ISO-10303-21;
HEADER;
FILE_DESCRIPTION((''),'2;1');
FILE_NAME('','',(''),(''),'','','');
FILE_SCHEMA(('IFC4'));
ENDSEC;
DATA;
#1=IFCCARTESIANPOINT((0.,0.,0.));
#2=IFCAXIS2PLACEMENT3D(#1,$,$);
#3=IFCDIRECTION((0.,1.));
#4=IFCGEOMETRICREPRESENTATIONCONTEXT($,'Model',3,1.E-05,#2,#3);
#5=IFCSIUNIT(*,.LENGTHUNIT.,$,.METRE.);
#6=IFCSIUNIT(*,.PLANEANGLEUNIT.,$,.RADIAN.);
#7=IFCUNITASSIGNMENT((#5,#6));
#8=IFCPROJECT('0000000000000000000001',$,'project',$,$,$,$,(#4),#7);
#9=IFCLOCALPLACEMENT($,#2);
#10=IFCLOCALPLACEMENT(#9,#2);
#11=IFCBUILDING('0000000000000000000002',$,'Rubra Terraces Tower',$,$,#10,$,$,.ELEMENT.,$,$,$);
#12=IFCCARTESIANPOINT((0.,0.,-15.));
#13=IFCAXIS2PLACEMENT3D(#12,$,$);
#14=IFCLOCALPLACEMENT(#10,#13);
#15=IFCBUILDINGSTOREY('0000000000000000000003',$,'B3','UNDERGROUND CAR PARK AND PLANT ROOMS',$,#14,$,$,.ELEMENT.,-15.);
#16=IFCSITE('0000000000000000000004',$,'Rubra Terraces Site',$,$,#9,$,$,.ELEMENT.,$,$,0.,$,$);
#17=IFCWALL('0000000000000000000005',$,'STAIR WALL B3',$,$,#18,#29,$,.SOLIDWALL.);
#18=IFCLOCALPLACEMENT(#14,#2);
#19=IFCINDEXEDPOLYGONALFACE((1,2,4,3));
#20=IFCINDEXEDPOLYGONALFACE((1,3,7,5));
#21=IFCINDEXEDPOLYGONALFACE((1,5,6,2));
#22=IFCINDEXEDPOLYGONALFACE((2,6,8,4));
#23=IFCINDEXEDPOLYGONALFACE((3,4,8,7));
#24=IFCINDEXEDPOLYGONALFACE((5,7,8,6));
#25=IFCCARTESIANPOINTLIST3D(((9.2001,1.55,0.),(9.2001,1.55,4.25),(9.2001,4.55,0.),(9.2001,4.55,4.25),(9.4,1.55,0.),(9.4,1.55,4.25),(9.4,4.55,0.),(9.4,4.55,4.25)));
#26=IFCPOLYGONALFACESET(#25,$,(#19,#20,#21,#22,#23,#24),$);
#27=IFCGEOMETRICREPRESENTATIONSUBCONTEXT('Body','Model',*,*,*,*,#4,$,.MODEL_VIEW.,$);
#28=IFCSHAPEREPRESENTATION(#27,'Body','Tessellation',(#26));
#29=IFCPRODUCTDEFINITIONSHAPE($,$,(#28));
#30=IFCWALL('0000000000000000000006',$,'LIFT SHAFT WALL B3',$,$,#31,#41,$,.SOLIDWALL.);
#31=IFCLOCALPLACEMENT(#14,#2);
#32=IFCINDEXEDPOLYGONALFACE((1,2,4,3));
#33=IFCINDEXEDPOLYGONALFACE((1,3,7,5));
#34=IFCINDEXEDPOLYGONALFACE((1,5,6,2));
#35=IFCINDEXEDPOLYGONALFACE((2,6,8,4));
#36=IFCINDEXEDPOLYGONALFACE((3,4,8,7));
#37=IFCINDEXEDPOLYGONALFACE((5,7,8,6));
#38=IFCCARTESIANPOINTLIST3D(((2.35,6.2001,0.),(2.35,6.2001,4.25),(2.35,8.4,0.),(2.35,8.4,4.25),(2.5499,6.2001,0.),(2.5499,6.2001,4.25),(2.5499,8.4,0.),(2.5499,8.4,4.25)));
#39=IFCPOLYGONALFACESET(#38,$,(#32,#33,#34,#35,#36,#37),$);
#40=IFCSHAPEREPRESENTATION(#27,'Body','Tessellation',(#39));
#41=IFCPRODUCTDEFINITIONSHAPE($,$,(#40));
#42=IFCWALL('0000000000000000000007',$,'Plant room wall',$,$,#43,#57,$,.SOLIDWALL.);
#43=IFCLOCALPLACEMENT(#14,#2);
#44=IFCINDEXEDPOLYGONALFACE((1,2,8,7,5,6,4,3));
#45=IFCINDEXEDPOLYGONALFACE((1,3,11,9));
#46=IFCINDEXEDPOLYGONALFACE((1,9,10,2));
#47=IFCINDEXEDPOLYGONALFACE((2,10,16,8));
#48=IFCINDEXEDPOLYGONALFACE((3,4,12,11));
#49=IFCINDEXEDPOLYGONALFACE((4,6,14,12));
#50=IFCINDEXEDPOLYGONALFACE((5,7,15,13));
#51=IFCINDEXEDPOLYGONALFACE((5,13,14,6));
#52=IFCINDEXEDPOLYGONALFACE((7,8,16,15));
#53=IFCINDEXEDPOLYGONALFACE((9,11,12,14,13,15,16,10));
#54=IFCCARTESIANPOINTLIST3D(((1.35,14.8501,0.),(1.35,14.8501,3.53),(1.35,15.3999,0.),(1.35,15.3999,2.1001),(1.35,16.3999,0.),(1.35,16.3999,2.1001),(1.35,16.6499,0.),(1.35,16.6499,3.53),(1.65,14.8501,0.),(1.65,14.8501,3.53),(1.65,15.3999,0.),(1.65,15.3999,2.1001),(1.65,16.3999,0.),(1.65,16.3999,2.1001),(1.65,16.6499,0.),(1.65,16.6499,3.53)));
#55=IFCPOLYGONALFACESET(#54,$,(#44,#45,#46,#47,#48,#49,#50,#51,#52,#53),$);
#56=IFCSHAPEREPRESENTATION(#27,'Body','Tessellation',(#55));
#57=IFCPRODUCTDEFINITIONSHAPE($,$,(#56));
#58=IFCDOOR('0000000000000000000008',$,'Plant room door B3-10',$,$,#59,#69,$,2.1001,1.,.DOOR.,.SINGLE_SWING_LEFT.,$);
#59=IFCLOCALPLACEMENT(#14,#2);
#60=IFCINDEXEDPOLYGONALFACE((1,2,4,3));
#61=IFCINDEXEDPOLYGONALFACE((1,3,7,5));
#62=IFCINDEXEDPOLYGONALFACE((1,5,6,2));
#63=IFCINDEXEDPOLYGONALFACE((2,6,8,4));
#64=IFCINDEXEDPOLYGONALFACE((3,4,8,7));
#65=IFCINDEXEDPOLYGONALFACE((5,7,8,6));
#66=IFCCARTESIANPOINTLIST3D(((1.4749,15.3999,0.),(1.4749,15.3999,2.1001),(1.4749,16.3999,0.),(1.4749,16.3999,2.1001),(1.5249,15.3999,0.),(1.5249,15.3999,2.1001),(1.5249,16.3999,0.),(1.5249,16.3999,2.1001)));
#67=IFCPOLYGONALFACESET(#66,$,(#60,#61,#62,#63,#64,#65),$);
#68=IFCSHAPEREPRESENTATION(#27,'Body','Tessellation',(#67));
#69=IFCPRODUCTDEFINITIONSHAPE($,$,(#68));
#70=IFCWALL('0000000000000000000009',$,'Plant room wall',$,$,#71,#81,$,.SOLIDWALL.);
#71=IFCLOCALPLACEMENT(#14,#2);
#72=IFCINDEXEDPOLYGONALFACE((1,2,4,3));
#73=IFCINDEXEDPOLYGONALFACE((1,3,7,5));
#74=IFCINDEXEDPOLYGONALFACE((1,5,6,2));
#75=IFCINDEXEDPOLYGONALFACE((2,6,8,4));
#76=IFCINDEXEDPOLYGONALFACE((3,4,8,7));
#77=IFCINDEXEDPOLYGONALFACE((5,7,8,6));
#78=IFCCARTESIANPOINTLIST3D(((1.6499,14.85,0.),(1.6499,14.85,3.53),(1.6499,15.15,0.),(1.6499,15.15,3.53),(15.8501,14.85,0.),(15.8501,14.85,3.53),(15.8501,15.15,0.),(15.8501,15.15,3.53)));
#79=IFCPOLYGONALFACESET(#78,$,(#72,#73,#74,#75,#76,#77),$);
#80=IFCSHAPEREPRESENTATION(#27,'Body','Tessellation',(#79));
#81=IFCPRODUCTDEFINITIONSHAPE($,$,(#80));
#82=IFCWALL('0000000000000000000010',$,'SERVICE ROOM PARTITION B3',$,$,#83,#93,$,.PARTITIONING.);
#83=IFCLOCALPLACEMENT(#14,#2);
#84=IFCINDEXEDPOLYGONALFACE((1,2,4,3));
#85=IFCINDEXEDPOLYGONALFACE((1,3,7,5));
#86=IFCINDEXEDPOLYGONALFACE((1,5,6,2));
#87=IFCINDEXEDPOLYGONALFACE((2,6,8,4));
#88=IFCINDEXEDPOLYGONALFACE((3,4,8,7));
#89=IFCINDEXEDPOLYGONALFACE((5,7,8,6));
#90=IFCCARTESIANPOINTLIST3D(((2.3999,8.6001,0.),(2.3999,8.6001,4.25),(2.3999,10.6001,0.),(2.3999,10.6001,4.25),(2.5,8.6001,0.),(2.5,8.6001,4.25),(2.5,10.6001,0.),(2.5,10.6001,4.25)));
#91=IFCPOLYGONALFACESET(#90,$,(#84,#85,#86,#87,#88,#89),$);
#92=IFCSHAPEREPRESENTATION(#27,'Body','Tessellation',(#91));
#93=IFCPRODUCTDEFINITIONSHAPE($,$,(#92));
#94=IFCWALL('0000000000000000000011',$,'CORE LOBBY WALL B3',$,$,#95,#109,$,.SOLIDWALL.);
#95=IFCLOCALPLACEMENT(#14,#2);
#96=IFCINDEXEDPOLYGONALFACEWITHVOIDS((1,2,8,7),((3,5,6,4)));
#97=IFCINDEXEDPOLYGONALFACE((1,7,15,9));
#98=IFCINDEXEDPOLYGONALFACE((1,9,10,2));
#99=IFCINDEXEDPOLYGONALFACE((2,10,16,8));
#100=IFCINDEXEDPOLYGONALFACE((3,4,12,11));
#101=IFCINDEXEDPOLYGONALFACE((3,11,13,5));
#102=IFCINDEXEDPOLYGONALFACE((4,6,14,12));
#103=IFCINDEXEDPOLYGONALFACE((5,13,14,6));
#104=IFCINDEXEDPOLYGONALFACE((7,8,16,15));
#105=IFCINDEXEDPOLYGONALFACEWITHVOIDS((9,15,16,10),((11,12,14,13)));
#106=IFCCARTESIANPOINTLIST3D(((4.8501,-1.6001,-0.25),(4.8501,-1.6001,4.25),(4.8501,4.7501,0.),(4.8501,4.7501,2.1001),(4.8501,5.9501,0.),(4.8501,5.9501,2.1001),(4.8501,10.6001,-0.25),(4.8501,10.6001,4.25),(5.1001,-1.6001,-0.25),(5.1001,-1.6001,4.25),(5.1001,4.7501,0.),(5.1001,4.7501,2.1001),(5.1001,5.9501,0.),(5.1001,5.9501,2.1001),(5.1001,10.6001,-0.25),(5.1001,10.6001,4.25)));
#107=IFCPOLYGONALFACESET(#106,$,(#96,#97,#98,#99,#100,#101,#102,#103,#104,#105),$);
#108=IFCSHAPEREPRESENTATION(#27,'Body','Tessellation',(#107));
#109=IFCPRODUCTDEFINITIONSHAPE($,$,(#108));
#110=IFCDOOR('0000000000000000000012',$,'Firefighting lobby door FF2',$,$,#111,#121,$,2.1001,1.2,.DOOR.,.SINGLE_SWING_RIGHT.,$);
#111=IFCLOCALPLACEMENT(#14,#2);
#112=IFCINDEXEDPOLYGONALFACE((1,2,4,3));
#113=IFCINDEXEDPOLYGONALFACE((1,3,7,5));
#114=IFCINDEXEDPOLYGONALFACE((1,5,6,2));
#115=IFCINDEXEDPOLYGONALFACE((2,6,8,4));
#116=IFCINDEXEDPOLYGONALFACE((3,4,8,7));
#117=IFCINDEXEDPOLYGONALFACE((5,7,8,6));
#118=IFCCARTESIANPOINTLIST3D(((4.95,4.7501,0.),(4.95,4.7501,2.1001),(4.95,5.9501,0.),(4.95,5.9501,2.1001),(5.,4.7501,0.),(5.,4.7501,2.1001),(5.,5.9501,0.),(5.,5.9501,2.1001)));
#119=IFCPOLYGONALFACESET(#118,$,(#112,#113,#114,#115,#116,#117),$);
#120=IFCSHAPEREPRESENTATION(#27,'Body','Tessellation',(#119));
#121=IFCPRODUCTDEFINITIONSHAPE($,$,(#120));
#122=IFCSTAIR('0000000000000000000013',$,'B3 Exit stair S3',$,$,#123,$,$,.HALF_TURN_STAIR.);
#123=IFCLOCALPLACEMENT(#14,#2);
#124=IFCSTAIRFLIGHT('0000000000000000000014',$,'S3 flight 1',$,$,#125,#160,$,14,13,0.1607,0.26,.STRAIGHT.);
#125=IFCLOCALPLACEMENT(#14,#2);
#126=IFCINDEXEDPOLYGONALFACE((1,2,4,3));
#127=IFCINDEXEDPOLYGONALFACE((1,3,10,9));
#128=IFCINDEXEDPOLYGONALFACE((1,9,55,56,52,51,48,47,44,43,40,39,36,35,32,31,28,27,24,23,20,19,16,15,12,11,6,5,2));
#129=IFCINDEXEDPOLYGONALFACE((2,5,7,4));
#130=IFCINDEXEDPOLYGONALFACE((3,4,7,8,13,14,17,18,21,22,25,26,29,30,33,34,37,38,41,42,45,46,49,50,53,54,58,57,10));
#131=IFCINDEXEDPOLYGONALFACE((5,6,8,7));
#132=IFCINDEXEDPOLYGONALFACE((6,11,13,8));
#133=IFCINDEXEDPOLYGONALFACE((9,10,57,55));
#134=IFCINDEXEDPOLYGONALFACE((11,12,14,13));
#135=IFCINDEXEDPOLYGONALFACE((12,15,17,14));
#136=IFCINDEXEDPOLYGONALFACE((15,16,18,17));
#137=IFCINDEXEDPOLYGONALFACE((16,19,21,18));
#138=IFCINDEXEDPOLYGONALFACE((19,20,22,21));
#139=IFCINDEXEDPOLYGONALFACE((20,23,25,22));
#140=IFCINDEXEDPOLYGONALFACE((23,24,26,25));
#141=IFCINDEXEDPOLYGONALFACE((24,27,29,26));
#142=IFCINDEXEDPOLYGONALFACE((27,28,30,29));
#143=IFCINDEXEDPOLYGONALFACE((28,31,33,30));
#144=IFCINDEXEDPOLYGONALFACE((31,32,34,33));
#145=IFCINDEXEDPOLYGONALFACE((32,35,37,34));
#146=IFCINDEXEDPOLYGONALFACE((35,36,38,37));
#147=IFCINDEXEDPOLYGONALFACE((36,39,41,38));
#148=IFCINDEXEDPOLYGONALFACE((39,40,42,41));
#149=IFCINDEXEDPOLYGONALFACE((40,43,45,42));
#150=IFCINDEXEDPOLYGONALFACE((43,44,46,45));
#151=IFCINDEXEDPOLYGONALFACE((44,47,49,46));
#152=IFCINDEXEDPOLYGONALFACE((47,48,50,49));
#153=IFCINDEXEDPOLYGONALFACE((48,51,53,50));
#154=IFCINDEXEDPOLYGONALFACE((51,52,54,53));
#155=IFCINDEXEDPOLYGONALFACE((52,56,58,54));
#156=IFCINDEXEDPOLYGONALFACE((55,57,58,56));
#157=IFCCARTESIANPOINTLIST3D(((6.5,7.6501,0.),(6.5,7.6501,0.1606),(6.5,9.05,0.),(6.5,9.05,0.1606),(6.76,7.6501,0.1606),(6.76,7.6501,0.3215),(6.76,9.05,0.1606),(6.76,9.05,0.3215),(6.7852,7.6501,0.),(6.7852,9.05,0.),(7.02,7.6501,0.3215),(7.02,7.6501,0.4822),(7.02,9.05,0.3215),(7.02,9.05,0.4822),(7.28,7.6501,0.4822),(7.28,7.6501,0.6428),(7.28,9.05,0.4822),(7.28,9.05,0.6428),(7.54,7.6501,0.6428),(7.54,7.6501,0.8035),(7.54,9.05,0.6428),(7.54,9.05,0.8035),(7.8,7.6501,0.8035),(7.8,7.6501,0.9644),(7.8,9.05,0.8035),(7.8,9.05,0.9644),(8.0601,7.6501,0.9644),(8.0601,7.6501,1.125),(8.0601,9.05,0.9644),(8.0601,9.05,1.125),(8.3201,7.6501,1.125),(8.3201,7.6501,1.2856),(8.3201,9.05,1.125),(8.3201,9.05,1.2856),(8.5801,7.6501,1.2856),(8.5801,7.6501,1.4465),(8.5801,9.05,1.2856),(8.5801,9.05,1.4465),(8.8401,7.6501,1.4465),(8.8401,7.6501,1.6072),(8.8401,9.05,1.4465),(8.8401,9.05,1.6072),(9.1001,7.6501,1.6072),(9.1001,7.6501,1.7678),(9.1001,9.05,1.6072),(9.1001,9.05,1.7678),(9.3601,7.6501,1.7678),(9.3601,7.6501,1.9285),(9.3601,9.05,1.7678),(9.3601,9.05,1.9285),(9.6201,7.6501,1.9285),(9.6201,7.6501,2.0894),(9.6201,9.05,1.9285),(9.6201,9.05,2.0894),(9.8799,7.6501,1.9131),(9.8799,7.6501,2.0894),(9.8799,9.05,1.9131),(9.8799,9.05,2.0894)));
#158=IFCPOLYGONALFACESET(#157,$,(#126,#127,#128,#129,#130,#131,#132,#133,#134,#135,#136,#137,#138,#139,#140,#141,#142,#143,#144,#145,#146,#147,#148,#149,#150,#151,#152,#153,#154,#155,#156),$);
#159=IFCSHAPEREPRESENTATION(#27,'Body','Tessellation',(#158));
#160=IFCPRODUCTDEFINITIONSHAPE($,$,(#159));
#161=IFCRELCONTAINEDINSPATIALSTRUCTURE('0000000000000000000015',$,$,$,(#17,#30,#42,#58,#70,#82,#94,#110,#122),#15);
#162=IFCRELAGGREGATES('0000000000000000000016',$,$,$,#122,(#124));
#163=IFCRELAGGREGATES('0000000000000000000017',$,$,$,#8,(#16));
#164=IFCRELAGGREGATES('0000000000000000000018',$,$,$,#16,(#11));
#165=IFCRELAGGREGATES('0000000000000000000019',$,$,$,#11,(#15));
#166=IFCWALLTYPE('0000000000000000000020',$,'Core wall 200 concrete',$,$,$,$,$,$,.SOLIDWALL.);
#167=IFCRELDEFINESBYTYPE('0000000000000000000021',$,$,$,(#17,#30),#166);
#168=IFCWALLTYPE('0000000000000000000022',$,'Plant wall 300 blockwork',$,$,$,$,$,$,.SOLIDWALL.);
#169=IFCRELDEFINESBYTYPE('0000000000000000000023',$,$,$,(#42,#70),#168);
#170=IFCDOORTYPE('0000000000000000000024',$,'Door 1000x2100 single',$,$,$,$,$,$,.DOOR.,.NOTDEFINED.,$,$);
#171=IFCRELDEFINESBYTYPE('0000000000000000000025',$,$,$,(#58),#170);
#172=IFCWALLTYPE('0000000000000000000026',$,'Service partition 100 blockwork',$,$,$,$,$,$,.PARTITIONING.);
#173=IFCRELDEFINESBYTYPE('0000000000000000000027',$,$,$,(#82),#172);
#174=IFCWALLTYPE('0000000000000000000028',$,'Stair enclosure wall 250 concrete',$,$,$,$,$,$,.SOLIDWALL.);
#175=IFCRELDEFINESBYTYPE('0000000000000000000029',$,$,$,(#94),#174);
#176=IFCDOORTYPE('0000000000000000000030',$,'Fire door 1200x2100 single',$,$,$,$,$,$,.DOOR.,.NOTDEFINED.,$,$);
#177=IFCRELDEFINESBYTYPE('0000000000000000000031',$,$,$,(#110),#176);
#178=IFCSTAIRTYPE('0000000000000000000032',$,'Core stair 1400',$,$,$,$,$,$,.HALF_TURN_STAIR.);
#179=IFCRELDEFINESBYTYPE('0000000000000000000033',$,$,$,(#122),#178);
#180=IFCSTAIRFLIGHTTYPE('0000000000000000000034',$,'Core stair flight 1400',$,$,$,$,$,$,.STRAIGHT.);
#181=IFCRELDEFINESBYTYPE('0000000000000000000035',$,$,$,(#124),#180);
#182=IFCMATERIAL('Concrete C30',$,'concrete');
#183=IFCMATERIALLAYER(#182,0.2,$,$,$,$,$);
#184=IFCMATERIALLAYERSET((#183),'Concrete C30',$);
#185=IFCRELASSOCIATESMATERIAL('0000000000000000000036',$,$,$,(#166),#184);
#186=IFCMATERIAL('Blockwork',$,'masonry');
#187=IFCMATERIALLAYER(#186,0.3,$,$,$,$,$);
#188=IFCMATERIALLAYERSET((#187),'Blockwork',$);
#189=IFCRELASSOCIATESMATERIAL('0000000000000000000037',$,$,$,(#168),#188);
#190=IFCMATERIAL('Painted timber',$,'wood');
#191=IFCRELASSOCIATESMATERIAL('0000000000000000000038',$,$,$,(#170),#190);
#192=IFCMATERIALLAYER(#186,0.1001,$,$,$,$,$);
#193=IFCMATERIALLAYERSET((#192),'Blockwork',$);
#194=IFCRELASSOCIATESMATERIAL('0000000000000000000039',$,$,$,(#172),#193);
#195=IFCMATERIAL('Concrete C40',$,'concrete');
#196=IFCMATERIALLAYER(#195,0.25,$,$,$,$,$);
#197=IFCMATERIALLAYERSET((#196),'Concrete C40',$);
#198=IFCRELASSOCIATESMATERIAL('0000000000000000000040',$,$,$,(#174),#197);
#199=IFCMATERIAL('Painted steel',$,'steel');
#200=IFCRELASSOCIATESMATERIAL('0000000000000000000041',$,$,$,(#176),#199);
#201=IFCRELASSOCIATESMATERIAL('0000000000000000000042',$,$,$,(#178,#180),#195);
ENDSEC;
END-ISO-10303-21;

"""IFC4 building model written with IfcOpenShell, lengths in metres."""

from ifc_helpers import new_model, si_unit, direction, frame, frame_2d, origin, place, context, subcontext, project, spatial, polyline, rectangle, outline, extrude, material, layer, layer_set, type_object, element, fill, aggregate, save


model = new_model("IFC4")

# Units and contexts
model_context = context("Model", 3, precision=1e-05, world=origin(), true_north=direction((0.0, 1.0)))
body_context = subcontext(model_context, "Body", "Model", "MODEL_VIEW")
ifc_project = project(units=[si_unit("LENGTHUNIT", "METRE"), si_unit("PLANEANGLEUNIT", "RADIAN")], contexts=[model_context])

# Site, building, storey
site_placement = place(None, origin())
site = spatial("IfcSite", under=ifc_project, at=site_placement, Name="Rubra Terraces Site", CompositionType="ELEMENT", RefElevation=0.0)
building_placement = place(site_placement, origin())
building = spatial("IfcBuilding", under=site, at=building_placement, Name="Rubra Terraces Tower", CompositionType="ELEMENT")
storey_placement = place(building_placement, frame((0.0, 0.0, -15.0)))
storey = spatial("IfcBuildingStorey", under=building, at=storey_placement, Name="B3", Description="UNDERGROUND CAR PARK AND PLANT ROOMS", CompositionType="ELEMENT", Elevation=-15.0)

# Shared definitions
ifc_material_1 = material(Name="Concrete C40", Category="concrete")

# Walls
ifc_material_2 = material(Name="Concrete C30", Category="concrete")
ifc_layer_1 = layer(ifc_material_2, 0.2)
ifc_layer_set_1 = layer_set([ifc_layer_1], Name="Concrete C30")
wall_type_1 = type_object("IfcWallType", Name="Core wall 200 concrete", PredefinedType="SOLIDWALL", material=ifc_layer_set_1)
wall_1_placement = place(storey_placement, frame((9.3, 4.55, 0.0), z_axis=(0.0, 0.0, 1.0), x_axis=(0.0, -1.0, 0.0)))
element("IfcWall", 1, at=wall_1_placement, inside=storey, type_object=wall_type_1, Name="STAIR WALL B3", PredefinedType="SOLIDWALL", context=body_context, shape_type="SweptSolid", body=[
    extrude(rectangle(XDim=3.0, YDim=0.2, at=frame_2d((1.5, 0.0))), origin(), (0.0, 0.0, 1.0), 4.25),
])
wall_2_placement = place(storey_placement, frame((2.45, 6.2, 0.0), z_axis=(0.0, 0.0, 1.0), x_axis=(0.0, 1.0, 0.0)))
element("IfcWall", 2, at=wall_2_placement, inside=storey, type_object=wall_type_1, Name="LIFT SHAFT WALL B3", PredefinedType="SOLIDWALL", context=body_context, shape_type="SweptSolid", body=[
    extrude(rectangle(XDim=2.2, YDim=0.2, at=frame_2d((1.1001, 0.0))), origin(), (0.0, 0.0, 1.0), 4.25),
])

# Wall, opening, door
ifc_material_3 = material(Name="Blockwork", Category="masonry")
ifc_layer_2 = layer(ifc_material_3, 0.3)
ifc_layer_set_2 = layer_set([ifc_layer_2], Name="Blockwork")
wall_type_2 = type_object("IfcWallType", Name="Plant wall 300 blockwork", PredefinedType="SOLIDWALL", material=ifc_layer_set_2)
wall_3_placement = place(storey_placement, frame((1.5, 16.6499, 0.0), z_axis=(0.0, 0.0, 1.0), x_axis=(0.0, -1.0, 0.0)))
wall_3 = element("IfcWall", 3, at=wall_3_placement, inside=storey, type_object=wall_type_2, Name="Plant room wall", PredefinedType="SOLIDWALL", context=body_context, shape_type="SweptSolid", body=[
    extrude(rectangle(XDim=1.7998, YDim=0.3, at=frame_2d((0.8999, 0.0))), origin(), (0.0, 0.0, 1.0), 3.53),
])
opening_1_placement = place(wall_3_placement, frame((0.25, 0.0, 0.0)))
opening_1 = element("IfcOpeningElement", 4, at=opening_1_placement, cuts=wall_3, PredefinedType="OPENING", context=body_context, shape_type="SweptSolid", body=[
    extrude(rectangle(XDim=1.0, YDim=2.1001, at=frame_2d((0.5, 1.05))), frame((0.0, 0.1599, 0.0), z_axis=(0.0, -1.0, 0.0), x_axis=(1.0, 0.0, 0.0)), (0.0, 0.0, 1.0), 0.3201),
])
ifc_material_4 = material(Name="Painted timber", Category="wood")
door_type_1 = type_object("IfcDoorType", Name="Door 1000x2100 single", OperationType="NOTDEFINED", PredefinedType="DOOR", material=ifc_material_4)
door_1_placement = place(opening_1_placement, origin())
door_1 = element("IfcDoor", 5, at=door_1_placement, inside=storey, type_object=door_type_1, Name="Plant room door B3-10", OperationType="SINGLE_SWING_LEFT", OverallHeight=2.1001, OverallWidth=1.0, PredefinedType="DOOR", context=body_context, shape_type="SweptSolid", body=[
    extrude(rectangle(XDim=1.0, YDim=2.1001, at=frame_2d((0.5, 1.05))), frame((0.0, 0.0249, 0.0), z_axis=(0.0, -1.0, 0.0), x_axis=(1.0, 0.0, 0.0)), (0.0, 0.0, 1.0), 0.05),
])
fill(opening_1, door_1)

# Walls
wall_4_placement = place(storey_placement, frame((1.6499, 15.0, 0.0), z_axis=(0.0, 0.0, 1.0), x_axis=(1.0, 0.0, 0.0)))
element("IfcWall", 6, at=wall_4_placement, inside=storey, type_object=wall_type_2, Name="Plant room wall", PredefinedType="SOLIDWALL", context=body_context, shape_type="SweptSolid", body=[
    extrude(rectangle(XDim=14.2002, YDim=0.3, at=frame_2d((7.1001, 0.0))), origin(), (0.0, 0.0, 1.0), 3.53),
])
ifc_layer_3 = layer(ifc_material_3, 0.1001)
ifc_layer_set_3 = layer_set([ifc_layer_3], Name="Blockwork")
wall_type_3 = type_object("IfcWallType", Name="Service partition 100 blockwork", PredefinedType="PARTITIONING", material=ifc_layer_set_3)
wall_5_placement = place(storey_placement, frame((2.45, 8.6001, 0.0), z_axis=(0.0, 0.0, 1.0), x_axis=(0.0, 1.0, 0.0)))
element("IfcWall", 7, at=wall_5_placement, inside=storey, type_object=wall_type_3, Name="SERVICE ROOM PARTITION B3", PredefinedType="PARTITIONING", context=body_context, shape_type="SweptSolid", body=[
    extrude(rectangle(XDim=2.0, YDim=0.1001, at=frame_2d((1.0, 0.0))), origin(), (0.0, 0.0, 1.0), 4.25),
])

# Wall, opening, door
ifc_layer_4 = layer(ifc_material_1, 0.25)
ifc_layer_set_4 = layer_set([ifc_layer_4], Name="Concrete C40")
wall_type_4 = type_object("IfcWallType", Name="Stair enclosure wall 250 concrete", PredefinedType="SOLIDWALL", material=ifc_layer_set_4)
wall_6_placement = place(storey_placement, frame((4.9751, 10.6001, -0.25), z_axis=(0.0, 0.0, 1.0), x_axis=(0.0, -1.0, 0.0)))
wall_6 = element("IfcWall", 8, at=wall_6_placement, inside=storey, type_object=wall_type_4, Name="CORE LOBBY WALL B3", PredefinedType="SOLIDWALL", context=body_context, shape_type="SweptSolid", body=[
    extrude(rectangle(XDim=12.2002, YDim=0.25, at=frame_2d((6.1001, 0.0))), origin(), (0.0, 0.0, 1.0), 4.5),
])
opening_2_placement = place(wall_6_placement, frame((4.6499, 0.0, 0.25)))
opening_2 = element("IfcOpeningElement", 9, at=opening_2_placement, cuts=wall_6, PredefinedType="OPENING", context=body_context, shape_type="SweptSolid", body=[
    extrude(rectangle(XDim=1.2, YDim=2.1001, at=frame_2d((0.6001, 1.05))), frame((0.0, 0.135, 0.0), z_axis=(0.0, -1.0, 0.0), x_axis=(1.0, 0.0, 0.0)), (0.0, 0.0, 1.0), 0.27),
])
ifc_material_5 = material(Name="Painted steel", Category="steel")
door_type_2 = type_object("IfcDoorType", Name="Fire door 1200x2100 single", OperationType="NOTDEFINED", PredefinedType="DOOR", material=ifc_material_5)
door_2_placement = place(opening_2_placement, origin())
door_2 = element("IfcDoor", 10, at=door_2_placement, inside=storey, type_object=door_type_2, Name="Firefighting lobby door FF2", OperationType="SINGLE_SWING_RIGHT", OverallHeight=2.1001, OverallWidth=1.2, PredefinedType="DOOR", context=body_context, shape_type="SweptSolid", body=[
    extrude(rectangle(XDim=1.2, YDim=2.1001, at=frame_2d((0.6001, 1.05))), frame((0.0, 0.0249, 0.0), z_axis=(0.0, -1.0, 0.0), x_axis=(1.0, 0.0, 0.0)), (0.0, 0.0, 1.0), 0.05),
])
fill(opening_2, door_2)

# Stair, stair flight
stair_type = type_object("IfcStairType", Name="Core stair 1400", PredefinedType="HALF_TURN_STAIR", material=ifc_material_1)
stair_placement = place(storey_placement, origin())
stair = element("IfcStair", 11, at=stair_placement, inside=storey, type_object=stair_type, Name="B3 Exit stair S3", PredefinedType="HALF_TURN_STAIR")
stair_flight_type = type_object("IfcStairFlightType", Name="Core stair flight 1400", PredefinedType="STRAIGHT", material=ifc_material_1)
stair_flight_placement = place(storey_placement, frame((6.5, 8.3501, 0.0), z_axis=(0.0, 0.0, 1.0), x_axis=(1.0, 0.0, 0.0)))
stair_flight = element("IfcStairFlight", 12, at=stair_flight_placement, type_object=stair_flight_type, Name="S3 flight 1", NumberOfRisers=14, NumberOfTreads=13, PredefinedType="STRAIGHT", RiserHeight=0.1607, TreadLength=0.26, context=body_context, shape_type="SweptSolid", body=[
    extrude(outline(polyline([(0.0, 0.0), (0.0, 0.1606), (0.26, 0.1606), (0.26, 0.3215), (0.52, 0.3215), (0.52, 0.4822), (0.78, 0.4822), (0.78, 0.6428), (1.04, 0.6428), (1.04, 0.8035), (1.3, 0.8035), (1.3, 0.9644), (1.5601, 0.9644), (1.5601, 1.125), (1.8201, 1.125), (1.8201, 1.2856), (2.0801, 1.2856), (2.0801, 1.4465), (2.3401, 1.4465), (2.3401, 1.6072), (2.6001, 1.6072), (2.6001, 1.7678), (2.8601, 1.7678), (2.8601, 1.9285), (3.1201, 1.9285), (3.1201, 2.0894), (3.3799, 2.0894), (3.3799, 2.25), (3.3799, 1.9131), (0.2852, 0.0), (0.0, 0.0)])), frame((0.0, 0.7, 0.0), z_axis=(0.0, -1.0, 0.0), x_axis=(1.0, 0.0, 0.0)), (0.0, 0.0, 1.0), 1.3999),
])
aggregate(stair, [stair_flight])

save(model, "model.ifc")
